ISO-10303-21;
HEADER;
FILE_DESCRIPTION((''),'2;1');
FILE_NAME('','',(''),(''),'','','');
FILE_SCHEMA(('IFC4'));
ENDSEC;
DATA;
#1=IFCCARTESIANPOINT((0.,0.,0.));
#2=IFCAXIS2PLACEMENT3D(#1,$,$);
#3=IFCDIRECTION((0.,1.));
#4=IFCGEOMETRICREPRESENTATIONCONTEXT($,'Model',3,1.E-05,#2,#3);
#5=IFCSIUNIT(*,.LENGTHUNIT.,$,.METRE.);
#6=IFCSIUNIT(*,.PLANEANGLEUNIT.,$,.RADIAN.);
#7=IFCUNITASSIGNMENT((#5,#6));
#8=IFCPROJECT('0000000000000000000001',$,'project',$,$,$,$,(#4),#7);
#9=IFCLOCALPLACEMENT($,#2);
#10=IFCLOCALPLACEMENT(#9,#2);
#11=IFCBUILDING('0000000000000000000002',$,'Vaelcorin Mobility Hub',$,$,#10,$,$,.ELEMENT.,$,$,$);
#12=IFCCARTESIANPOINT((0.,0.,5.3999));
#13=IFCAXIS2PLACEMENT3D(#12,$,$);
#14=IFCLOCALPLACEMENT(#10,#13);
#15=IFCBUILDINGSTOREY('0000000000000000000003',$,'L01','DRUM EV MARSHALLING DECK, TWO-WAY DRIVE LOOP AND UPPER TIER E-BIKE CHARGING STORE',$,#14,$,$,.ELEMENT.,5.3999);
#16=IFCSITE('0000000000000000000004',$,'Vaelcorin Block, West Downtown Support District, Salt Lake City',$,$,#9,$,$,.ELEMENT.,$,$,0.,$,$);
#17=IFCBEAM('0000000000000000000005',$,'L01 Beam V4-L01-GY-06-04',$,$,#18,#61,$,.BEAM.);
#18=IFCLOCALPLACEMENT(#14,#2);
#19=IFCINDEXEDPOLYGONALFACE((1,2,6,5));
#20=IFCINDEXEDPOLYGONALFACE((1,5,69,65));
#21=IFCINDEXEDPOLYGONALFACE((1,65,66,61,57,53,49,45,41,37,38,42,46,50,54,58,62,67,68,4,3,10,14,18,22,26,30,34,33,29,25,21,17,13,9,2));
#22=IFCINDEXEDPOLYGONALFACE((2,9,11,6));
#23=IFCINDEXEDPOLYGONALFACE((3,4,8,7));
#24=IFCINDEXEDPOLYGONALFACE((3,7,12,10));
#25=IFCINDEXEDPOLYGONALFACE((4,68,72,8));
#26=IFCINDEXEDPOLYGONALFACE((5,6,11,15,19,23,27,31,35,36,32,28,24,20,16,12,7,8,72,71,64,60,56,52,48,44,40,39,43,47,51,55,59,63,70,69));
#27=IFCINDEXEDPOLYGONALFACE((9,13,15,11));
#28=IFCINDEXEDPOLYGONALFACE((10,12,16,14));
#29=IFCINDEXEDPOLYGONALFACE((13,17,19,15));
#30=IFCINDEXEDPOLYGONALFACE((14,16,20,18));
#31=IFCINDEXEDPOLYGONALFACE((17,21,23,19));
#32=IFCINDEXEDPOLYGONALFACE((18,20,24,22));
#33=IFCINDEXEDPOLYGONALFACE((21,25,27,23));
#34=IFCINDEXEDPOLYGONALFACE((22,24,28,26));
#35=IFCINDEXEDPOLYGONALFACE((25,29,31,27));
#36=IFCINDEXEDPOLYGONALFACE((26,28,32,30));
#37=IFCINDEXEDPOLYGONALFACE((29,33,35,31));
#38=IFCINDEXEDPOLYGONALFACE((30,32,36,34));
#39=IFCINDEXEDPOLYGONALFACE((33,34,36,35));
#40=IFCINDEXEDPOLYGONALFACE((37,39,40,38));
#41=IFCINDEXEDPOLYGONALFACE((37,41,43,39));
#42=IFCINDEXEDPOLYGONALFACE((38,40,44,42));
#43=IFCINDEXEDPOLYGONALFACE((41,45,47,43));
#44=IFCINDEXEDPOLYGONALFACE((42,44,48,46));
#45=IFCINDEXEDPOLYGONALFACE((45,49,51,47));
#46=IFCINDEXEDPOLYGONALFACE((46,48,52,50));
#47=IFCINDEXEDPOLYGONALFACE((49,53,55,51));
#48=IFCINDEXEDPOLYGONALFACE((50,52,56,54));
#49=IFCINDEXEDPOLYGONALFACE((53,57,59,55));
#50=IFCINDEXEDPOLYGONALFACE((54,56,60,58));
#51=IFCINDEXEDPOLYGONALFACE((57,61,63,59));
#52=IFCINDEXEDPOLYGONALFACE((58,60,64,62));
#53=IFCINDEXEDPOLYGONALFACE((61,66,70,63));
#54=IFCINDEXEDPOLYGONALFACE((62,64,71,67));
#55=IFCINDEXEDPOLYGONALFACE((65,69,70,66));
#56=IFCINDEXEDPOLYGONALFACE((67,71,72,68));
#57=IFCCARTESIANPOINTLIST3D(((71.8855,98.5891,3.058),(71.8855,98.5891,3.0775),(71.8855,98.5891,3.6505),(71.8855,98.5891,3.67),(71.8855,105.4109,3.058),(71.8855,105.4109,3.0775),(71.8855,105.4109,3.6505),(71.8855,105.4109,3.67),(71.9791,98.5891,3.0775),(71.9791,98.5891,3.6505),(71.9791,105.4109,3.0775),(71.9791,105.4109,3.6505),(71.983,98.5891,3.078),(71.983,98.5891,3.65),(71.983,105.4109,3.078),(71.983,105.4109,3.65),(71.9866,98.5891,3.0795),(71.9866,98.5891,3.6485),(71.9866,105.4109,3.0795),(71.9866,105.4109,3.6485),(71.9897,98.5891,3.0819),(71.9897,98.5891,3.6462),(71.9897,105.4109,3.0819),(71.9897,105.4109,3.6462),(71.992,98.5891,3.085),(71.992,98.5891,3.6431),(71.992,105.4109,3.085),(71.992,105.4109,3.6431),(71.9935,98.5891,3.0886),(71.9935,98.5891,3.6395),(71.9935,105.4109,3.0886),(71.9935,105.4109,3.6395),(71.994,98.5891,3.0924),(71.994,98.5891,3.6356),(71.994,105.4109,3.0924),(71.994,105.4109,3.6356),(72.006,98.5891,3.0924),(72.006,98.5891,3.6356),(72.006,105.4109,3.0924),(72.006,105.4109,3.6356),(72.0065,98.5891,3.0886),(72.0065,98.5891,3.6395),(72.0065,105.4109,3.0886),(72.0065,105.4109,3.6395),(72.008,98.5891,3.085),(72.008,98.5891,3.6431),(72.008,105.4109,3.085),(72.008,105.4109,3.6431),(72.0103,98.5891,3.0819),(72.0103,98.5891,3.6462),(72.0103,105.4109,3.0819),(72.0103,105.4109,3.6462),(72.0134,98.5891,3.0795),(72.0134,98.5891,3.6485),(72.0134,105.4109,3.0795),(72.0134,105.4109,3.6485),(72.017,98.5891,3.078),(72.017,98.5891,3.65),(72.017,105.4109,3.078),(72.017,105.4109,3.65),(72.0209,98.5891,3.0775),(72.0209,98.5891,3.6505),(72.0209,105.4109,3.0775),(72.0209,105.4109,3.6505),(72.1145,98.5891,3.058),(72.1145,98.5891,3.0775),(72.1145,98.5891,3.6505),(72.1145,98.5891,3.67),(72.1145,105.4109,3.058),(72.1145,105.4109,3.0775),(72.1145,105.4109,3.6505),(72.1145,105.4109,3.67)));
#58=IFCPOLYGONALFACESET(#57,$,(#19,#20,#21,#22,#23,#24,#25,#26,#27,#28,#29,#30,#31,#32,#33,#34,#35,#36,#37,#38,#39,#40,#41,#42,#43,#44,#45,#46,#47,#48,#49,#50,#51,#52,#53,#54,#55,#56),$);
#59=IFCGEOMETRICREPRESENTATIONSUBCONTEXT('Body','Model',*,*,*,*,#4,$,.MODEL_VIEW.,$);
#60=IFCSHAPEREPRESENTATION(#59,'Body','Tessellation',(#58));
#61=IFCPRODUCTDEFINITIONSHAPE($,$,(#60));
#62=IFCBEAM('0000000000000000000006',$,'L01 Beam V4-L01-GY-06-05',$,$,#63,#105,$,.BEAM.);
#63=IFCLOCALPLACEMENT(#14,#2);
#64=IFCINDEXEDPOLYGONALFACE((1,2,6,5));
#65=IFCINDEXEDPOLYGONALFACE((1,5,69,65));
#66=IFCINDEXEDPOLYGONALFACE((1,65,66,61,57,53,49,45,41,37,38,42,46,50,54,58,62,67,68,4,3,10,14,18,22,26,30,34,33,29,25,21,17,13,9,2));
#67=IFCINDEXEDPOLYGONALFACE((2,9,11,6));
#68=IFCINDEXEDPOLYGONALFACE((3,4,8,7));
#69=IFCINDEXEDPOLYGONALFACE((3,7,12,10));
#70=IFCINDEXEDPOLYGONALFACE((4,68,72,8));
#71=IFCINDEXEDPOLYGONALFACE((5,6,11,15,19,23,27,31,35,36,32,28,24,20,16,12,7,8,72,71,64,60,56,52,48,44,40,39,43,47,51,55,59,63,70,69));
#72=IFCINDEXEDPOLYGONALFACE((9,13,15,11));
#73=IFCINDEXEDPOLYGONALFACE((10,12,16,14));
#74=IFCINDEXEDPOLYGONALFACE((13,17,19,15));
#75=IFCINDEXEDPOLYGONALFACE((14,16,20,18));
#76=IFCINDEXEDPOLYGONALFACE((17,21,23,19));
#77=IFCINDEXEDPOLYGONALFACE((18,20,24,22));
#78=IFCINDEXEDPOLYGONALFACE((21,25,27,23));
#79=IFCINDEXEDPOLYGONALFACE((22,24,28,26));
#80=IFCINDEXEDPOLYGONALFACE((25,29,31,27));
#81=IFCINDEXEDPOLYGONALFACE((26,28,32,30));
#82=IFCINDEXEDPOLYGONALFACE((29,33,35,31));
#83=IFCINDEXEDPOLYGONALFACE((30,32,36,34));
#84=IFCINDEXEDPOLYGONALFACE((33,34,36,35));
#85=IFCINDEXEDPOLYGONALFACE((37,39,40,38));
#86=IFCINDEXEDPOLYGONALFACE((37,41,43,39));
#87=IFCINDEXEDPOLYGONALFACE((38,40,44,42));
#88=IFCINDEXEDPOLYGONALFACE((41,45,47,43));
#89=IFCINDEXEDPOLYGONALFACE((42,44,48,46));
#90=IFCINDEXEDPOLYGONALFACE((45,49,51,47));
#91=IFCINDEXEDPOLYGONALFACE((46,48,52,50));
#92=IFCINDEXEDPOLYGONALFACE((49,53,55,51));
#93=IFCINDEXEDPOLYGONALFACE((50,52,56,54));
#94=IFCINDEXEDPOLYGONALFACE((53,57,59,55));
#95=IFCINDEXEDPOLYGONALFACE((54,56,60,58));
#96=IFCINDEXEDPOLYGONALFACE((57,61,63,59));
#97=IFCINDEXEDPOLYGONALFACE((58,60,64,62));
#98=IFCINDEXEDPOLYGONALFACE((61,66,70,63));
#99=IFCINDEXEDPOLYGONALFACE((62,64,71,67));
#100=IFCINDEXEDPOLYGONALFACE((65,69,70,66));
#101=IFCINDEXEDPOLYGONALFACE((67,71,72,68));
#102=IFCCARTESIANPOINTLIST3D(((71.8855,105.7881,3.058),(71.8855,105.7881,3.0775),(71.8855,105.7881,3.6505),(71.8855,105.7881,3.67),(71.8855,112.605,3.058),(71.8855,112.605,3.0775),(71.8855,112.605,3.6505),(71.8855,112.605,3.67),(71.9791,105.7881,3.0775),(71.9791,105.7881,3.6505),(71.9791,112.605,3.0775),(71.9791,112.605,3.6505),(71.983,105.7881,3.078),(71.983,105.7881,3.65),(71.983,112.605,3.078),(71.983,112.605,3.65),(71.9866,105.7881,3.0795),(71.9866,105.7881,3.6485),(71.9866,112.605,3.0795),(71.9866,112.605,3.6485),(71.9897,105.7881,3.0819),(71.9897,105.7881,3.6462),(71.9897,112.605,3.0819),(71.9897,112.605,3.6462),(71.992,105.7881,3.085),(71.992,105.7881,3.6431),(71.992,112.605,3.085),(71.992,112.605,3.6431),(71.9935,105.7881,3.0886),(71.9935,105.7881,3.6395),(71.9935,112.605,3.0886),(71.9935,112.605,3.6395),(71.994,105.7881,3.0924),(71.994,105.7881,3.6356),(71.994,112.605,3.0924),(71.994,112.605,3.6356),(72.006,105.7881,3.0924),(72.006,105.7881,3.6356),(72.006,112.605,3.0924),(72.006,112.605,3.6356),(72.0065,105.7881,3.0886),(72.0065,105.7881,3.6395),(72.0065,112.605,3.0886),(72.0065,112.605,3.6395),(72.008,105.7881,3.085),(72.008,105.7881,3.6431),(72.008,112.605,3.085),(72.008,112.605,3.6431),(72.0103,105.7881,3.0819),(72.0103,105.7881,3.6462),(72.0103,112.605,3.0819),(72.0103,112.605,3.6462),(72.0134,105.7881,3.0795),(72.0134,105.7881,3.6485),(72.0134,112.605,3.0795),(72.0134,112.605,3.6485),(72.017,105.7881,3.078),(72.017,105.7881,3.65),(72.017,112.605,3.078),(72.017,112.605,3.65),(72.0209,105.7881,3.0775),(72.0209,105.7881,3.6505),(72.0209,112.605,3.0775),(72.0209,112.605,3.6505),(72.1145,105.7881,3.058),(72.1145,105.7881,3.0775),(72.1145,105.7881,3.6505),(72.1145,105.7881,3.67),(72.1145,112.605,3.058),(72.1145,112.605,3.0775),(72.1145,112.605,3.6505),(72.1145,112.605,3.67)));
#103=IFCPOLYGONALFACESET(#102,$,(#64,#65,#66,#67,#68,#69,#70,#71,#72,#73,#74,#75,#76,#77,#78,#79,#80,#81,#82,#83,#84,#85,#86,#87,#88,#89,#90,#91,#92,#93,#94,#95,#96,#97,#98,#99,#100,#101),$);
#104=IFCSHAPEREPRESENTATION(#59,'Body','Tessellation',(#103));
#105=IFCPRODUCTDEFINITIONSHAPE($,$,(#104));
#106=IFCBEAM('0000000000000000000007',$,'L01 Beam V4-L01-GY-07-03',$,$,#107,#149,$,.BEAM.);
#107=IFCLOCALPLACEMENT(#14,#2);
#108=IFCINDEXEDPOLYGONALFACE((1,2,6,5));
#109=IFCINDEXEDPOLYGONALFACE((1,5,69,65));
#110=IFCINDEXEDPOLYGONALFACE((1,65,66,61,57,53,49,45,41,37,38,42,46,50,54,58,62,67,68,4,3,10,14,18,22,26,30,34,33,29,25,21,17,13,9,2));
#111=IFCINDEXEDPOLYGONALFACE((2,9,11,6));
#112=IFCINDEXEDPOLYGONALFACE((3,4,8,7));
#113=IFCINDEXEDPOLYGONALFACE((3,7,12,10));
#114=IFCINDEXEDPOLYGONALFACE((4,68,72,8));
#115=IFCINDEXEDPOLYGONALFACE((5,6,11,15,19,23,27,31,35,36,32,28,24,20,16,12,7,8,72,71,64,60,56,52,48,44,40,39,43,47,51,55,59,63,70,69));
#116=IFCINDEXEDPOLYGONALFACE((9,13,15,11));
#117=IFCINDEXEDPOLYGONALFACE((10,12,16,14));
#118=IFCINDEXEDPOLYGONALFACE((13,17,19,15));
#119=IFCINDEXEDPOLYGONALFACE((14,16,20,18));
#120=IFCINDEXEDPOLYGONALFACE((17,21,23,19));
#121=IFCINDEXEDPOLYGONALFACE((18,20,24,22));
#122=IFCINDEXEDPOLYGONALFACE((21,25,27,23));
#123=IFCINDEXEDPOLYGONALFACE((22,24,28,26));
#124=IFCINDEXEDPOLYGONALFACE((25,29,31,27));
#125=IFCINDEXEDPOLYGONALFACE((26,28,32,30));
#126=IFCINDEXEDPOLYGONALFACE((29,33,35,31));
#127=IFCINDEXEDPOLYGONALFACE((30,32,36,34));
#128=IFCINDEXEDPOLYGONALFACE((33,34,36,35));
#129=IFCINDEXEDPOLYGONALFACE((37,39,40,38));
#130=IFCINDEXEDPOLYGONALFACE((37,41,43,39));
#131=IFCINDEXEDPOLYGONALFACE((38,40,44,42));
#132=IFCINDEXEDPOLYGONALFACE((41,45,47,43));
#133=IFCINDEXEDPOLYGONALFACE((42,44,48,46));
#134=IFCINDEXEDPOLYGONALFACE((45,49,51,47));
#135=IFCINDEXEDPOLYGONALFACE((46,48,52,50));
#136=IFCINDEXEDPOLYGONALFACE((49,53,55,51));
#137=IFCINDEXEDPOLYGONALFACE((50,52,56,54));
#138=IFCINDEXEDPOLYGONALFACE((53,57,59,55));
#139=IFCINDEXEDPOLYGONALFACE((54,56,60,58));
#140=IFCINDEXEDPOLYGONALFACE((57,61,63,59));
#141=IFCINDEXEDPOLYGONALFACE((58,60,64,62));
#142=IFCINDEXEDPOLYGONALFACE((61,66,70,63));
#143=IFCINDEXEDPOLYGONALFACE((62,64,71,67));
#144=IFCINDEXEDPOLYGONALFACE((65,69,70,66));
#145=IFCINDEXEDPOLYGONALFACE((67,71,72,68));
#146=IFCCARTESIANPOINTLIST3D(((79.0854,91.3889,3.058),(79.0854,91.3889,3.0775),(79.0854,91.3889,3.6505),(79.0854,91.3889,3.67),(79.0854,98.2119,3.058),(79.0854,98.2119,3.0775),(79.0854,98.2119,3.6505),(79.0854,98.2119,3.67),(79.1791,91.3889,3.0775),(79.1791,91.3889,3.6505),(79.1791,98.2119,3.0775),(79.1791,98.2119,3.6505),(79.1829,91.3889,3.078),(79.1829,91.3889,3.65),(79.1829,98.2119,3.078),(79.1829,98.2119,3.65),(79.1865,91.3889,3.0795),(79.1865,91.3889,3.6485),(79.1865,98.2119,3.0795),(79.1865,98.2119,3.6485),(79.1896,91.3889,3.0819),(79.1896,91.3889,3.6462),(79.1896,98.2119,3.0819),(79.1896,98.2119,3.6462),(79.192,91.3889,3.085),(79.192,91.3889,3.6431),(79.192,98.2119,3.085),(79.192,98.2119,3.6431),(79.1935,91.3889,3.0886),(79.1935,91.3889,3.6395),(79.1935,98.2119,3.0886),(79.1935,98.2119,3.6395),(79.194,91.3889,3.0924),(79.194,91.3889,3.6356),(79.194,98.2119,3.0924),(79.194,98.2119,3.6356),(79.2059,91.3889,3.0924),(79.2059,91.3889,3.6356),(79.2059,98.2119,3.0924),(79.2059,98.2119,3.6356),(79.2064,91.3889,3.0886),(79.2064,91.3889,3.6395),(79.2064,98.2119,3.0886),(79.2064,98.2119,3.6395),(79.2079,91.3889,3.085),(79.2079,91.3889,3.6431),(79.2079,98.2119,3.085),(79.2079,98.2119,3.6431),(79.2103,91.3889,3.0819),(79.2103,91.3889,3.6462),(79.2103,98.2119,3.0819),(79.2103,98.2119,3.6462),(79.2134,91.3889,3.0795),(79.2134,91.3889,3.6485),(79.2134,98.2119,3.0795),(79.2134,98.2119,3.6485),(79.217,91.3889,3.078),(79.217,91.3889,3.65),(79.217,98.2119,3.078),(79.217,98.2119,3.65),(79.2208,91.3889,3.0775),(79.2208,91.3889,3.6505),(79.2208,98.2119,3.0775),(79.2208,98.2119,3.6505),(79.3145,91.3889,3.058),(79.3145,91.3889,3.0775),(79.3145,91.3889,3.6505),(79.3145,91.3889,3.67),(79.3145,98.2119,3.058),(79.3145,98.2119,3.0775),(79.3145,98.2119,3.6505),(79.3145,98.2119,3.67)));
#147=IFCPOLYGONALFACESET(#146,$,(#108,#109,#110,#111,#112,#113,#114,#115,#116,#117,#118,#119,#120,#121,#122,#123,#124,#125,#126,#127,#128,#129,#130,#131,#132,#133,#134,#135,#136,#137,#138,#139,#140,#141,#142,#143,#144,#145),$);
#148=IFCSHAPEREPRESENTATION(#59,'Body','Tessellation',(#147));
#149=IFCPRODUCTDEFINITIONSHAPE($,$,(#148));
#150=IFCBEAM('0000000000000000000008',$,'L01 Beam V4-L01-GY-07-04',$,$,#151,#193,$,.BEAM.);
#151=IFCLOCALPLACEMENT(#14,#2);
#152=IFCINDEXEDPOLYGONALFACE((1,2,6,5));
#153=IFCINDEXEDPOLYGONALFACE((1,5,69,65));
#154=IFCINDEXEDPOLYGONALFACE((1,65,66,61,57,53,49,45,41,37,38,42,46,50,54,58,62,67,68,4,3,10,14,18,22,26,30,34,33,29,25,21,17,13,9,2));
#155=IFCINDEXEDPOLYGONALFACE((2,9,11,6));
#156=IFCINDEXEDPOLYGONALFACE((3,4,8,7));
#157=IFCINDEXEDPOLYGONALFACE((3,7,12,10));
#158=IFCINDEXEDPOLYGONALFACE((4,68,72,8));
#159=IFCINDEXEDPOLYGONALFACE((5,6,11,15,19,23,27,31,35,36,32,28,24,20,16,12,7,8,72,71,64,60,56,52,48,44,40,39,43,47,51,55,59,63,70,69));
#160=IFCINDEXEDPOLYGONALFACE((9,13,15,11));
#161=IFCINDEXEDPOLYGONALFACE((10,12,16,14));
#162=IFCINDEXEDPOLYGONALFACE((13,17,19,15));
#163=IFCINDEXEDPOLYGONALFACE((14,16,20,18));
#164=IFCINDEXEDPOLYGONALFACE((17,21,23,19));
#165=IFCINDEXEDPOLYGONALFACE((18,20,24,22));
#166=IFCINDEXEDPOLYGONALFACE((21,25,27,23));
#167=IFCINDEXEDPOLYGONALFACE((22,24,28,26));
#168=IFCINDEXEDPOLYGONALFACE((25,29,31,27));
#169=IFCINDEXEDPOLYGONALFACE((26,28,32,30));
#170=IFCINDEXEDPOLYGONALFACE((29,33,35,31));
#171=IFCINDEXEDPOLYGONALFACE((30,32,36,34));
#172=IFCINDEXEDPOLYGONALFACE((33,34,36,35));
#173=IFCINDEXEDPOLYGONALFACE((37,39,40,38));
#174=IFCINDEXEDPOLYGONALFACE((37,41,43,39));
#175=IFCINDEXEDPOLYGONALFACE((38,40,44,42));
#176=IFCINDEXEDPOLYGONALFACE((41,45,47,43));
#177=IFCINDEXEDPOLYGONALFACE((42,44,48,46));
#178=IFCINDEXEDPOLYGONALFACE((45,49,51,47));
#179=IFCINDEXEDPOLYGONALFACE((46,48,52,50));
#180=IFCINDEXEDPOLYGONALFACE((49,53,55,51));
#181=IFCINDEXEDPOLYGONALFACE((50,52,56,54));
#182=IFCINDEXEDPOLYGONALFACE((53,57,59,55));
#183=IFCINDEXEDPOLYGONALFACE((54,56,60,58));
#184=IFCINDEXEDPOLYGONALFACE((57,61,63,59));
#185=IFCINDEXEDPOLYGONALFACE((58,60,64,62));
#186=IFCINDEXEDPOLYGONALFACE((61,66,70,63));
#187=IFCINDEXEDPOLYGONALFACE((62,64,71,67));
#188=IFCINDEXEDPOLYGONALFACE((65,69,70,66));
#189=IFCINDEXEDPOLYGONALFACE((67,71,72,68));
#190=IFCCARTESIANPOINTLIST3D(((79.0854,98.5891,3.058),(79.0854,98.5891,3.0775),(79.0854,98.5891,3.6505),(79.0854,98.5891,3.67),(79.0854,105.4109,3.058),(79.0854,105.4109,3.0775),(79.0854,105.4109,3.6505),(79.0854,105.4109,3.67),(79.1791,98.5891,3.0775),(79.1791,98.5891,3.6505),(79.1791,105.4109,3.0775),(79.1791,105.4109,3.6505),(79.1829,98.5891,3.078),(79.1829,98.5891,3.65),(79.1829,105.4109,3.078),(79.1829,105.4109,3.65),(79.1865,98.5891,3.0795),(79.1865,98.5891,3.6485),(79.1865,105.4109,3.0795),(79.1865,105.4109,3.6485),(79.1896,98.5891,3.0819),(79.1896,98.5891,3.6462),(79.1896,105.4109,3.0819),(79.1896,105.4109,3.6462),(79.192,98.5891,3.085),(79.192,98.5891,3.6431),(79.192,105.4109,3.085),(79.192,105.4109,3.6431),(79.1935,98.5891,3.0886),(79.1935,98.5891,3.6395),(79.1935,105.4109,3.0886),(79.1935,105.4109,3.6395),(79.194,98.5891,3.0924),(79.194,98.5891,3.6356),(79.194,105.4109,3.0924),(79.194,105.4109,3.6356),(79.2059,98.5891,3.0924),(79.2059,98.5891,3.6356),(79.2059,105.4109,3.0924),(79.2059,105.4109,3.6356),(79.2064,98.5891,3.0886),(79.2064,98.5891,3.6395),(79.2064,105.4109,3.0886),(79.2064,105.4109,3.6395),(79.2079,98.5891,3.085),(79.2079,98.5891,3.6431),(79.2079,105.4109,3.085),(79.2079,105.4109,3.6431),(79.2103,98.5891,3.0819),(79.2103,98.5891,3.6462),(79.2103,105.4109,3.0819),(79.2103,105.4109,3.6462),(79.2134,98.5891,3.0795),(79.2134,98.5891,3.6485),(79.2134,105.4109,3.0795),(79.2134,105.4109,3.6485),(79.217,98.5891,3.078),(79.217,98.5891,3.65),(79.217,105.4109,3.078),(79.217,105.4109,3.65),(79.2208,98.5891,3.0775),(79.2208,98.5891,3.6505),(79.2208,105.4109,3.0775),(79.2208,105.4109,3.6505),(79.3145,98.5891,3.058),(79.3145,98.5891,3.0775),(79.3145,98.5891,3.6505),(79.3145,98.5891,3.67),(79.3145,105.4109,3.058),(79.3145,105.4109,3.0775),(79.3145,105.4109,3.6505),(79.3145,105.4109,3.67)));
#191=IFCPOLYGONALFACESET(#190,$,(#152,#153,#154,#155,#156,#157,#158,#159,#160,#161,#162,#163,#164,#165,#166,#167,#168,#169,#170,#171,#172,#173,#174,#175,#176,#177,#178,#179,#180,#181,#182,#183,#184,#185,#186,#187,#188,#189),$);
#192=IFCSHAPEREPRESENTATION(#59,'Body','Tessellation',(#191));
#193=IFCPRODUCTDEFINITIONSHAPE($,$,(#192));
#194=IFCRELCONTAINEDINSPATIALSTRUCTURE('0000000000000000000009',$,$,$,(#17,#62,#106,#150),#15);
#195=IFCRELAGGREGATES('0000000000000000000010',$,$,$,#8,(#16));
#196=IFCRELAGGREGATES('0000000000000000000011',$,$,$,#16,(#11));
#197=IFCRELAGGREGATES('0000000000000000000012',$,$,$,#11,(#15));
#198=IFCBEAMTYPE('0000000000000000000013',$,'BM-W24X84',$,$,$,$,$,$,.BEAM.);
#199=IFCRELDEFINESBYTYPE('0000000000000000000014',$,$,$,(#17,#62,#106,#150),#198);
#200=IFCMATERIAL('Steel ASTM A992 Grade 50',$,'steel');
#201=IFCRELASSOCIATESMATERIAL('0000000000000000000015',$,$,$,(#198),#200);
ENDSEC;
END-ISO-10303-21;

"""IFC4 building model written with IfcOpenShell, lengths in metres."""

from ifc_helpers import new_model, si_unit, direction, frame, origin, origin_2d, place, context, subcontext, project, spatial, i_section, extrude, material, material_profile, profile_set, type_object, element, save


model = new_model("IFC4")

# Units and contexts
model_context = context("Model", 3, precision=1e-05, world=origin(), true_north=direction((0.0, 1.0)))
body_context = subcontext(model_context, "Body", "Model", "MODEL_VIEW")
ifc_project = project(units=[si_unit("LENGTHUNIT", "METRE"), si_unit("PLANEANGLEUNIT", "RADIAN")], contexts=[model_context])

# Site, building, storey
site_placement = place(None, origin())
site = spatial("IfcSite", under=ifc_project, at=site_placement, Name="Vaelcorin Block, West Downtown Support District, Salt Lake City", CompositionType="ELEMENT", RefElevation=0.0)
building_placement = place(site_placement, origin())
building = spatial("IfcBuilding", under=site, at=building_placement, Name="Vaelcorin Mobility Hub", CompositionType="ELEMENT")
storey_placement = place(building_placement, frame((0.0, 0.0, 5.3999)))
storey = spatial("IfcBuildingStorey", under=building, at=storey_placement, Name="L01", Description="DRUM EV MARSHALLING DECK, TWO-WAY DRIVE LOOP AND UPPER TIER E-BIKE CHARGING STORE", CompositionType="ELEMENT", Elevation=5.3999)

# Shared definitions
ifc_material_1 = material(Name="Steel ASTM A992 Grade 50", Category="steel")

# Beams
ifc_material_profile_1 = material_profile(ifc_material_1, i_section(OverallWidth=0.229, OverallDepth=0.6121, WebThickness=0.012, FlangeThickness=0.0195, FilletRadius=0.0149, at=origin_2d()), Name="W24X84")
ifc_profile_set_1 = profile_set([ifc_material_profile_1], Name="Steel ASTM A992 Grade 50")
beam_type_1 = type_object("IfcBeamType", Name="BM-W24X84", PredefinedType="BEAM", material=ifc_profile_set_1)
beam_1_placement = place(storey_placement, frame((72.0, 98.5891, 3.364), z_axis=(0.0, 1.0, 0.0), x_axis=(-1.0, 0.0, 0.0)))
element("IfcBeam", 1, at=beam_1_placement, inside=storey, type_object=beam_type_1, Name="L01 Beam V4-L01-GY-06-04", PredefinedType="BEAM", context=body_context, shape_type="SweptSolid", body=[
    extrude(i_section(OverallWidth=0.229, OverallDepth=0.6121, WebThickness=0.012, FlangeThickness=0.0195, FilletRadius=0.0149, at=origin_2d()), origin(), (0.0, 0.0, 1.0), 6.8218),
])
beam_2_placement = place(storey_placement, frame((72.0, 105.7881, 3.364), z_axis=(0.0, 1.0, 0.0), x_axis=(-1.0, 0.0, 0.0)))
element("IfcBeam", 2, at=beam_2_placement, inside=storey, type_object=beam_type_1, Name="L01 Beam V4-L01-GY-06-05", PredefinedType="BEAM", context=body_context, shape_type="SweptSolid", body=[
    extrude(i_section(OverallWidth=0.229, OverallDepth=0.6121, WebThickness=0.012, FlangeThickness=0.0195, FilletRadius=0.0149, at=origin_2d()), origin(), (0.0, 0.0, 1.0), 6.8169),
])
beam_3_placement = place(storey_placement, frame((79.2, 91.3889, 3.364), z_axis=(0.0, 1.0, 0.0), x_axis=(-1.0, 0.0, 0.0)))
element("IfcBeam", 3, at=beam_3_placement, inside=storey, type_object=beam_type_1, Name="L01 Beam V4-L01-GY-07-03", PredefinedType="BEAM", context=body_context, shape_type="SweptSolid", body=[
    extrude(i_section(OverallWidth=0.229, OverallDepth=0.6121, WebThickness=0.012, FlangeThickness=0.0195, FilletRadius=0.0149, at=origin_2d()), origin(), (0.0, 0.0, 1.0), 6.823),
])
beam_4_placement = place(storey_placement, frame((79.2, 98.5891, 3.364), z_axis=(0.0, 1.0, 0.0), x_axis=(-1.0, 0.0, 0.0)))
element("IfcBeam", 4, at=beam_4_placement, inside=storey, type_object=beam_type_1, Name="L01 Beam V4-L01-GY-07-04", PredefinedType="BEAM", context=body_context, shape_type="SweptSolid", body=[
    extrude(i_section(OverallWidth=0.229, OverallDepth=0.6121, WebThickness=0.012, FlangeThickness=0.0195, FilletRadius=0.0149, at=origin_2d()), origin(), (0.0, 0.0, 1.0), 6.8218),
])

save(model, "model.ifc")
